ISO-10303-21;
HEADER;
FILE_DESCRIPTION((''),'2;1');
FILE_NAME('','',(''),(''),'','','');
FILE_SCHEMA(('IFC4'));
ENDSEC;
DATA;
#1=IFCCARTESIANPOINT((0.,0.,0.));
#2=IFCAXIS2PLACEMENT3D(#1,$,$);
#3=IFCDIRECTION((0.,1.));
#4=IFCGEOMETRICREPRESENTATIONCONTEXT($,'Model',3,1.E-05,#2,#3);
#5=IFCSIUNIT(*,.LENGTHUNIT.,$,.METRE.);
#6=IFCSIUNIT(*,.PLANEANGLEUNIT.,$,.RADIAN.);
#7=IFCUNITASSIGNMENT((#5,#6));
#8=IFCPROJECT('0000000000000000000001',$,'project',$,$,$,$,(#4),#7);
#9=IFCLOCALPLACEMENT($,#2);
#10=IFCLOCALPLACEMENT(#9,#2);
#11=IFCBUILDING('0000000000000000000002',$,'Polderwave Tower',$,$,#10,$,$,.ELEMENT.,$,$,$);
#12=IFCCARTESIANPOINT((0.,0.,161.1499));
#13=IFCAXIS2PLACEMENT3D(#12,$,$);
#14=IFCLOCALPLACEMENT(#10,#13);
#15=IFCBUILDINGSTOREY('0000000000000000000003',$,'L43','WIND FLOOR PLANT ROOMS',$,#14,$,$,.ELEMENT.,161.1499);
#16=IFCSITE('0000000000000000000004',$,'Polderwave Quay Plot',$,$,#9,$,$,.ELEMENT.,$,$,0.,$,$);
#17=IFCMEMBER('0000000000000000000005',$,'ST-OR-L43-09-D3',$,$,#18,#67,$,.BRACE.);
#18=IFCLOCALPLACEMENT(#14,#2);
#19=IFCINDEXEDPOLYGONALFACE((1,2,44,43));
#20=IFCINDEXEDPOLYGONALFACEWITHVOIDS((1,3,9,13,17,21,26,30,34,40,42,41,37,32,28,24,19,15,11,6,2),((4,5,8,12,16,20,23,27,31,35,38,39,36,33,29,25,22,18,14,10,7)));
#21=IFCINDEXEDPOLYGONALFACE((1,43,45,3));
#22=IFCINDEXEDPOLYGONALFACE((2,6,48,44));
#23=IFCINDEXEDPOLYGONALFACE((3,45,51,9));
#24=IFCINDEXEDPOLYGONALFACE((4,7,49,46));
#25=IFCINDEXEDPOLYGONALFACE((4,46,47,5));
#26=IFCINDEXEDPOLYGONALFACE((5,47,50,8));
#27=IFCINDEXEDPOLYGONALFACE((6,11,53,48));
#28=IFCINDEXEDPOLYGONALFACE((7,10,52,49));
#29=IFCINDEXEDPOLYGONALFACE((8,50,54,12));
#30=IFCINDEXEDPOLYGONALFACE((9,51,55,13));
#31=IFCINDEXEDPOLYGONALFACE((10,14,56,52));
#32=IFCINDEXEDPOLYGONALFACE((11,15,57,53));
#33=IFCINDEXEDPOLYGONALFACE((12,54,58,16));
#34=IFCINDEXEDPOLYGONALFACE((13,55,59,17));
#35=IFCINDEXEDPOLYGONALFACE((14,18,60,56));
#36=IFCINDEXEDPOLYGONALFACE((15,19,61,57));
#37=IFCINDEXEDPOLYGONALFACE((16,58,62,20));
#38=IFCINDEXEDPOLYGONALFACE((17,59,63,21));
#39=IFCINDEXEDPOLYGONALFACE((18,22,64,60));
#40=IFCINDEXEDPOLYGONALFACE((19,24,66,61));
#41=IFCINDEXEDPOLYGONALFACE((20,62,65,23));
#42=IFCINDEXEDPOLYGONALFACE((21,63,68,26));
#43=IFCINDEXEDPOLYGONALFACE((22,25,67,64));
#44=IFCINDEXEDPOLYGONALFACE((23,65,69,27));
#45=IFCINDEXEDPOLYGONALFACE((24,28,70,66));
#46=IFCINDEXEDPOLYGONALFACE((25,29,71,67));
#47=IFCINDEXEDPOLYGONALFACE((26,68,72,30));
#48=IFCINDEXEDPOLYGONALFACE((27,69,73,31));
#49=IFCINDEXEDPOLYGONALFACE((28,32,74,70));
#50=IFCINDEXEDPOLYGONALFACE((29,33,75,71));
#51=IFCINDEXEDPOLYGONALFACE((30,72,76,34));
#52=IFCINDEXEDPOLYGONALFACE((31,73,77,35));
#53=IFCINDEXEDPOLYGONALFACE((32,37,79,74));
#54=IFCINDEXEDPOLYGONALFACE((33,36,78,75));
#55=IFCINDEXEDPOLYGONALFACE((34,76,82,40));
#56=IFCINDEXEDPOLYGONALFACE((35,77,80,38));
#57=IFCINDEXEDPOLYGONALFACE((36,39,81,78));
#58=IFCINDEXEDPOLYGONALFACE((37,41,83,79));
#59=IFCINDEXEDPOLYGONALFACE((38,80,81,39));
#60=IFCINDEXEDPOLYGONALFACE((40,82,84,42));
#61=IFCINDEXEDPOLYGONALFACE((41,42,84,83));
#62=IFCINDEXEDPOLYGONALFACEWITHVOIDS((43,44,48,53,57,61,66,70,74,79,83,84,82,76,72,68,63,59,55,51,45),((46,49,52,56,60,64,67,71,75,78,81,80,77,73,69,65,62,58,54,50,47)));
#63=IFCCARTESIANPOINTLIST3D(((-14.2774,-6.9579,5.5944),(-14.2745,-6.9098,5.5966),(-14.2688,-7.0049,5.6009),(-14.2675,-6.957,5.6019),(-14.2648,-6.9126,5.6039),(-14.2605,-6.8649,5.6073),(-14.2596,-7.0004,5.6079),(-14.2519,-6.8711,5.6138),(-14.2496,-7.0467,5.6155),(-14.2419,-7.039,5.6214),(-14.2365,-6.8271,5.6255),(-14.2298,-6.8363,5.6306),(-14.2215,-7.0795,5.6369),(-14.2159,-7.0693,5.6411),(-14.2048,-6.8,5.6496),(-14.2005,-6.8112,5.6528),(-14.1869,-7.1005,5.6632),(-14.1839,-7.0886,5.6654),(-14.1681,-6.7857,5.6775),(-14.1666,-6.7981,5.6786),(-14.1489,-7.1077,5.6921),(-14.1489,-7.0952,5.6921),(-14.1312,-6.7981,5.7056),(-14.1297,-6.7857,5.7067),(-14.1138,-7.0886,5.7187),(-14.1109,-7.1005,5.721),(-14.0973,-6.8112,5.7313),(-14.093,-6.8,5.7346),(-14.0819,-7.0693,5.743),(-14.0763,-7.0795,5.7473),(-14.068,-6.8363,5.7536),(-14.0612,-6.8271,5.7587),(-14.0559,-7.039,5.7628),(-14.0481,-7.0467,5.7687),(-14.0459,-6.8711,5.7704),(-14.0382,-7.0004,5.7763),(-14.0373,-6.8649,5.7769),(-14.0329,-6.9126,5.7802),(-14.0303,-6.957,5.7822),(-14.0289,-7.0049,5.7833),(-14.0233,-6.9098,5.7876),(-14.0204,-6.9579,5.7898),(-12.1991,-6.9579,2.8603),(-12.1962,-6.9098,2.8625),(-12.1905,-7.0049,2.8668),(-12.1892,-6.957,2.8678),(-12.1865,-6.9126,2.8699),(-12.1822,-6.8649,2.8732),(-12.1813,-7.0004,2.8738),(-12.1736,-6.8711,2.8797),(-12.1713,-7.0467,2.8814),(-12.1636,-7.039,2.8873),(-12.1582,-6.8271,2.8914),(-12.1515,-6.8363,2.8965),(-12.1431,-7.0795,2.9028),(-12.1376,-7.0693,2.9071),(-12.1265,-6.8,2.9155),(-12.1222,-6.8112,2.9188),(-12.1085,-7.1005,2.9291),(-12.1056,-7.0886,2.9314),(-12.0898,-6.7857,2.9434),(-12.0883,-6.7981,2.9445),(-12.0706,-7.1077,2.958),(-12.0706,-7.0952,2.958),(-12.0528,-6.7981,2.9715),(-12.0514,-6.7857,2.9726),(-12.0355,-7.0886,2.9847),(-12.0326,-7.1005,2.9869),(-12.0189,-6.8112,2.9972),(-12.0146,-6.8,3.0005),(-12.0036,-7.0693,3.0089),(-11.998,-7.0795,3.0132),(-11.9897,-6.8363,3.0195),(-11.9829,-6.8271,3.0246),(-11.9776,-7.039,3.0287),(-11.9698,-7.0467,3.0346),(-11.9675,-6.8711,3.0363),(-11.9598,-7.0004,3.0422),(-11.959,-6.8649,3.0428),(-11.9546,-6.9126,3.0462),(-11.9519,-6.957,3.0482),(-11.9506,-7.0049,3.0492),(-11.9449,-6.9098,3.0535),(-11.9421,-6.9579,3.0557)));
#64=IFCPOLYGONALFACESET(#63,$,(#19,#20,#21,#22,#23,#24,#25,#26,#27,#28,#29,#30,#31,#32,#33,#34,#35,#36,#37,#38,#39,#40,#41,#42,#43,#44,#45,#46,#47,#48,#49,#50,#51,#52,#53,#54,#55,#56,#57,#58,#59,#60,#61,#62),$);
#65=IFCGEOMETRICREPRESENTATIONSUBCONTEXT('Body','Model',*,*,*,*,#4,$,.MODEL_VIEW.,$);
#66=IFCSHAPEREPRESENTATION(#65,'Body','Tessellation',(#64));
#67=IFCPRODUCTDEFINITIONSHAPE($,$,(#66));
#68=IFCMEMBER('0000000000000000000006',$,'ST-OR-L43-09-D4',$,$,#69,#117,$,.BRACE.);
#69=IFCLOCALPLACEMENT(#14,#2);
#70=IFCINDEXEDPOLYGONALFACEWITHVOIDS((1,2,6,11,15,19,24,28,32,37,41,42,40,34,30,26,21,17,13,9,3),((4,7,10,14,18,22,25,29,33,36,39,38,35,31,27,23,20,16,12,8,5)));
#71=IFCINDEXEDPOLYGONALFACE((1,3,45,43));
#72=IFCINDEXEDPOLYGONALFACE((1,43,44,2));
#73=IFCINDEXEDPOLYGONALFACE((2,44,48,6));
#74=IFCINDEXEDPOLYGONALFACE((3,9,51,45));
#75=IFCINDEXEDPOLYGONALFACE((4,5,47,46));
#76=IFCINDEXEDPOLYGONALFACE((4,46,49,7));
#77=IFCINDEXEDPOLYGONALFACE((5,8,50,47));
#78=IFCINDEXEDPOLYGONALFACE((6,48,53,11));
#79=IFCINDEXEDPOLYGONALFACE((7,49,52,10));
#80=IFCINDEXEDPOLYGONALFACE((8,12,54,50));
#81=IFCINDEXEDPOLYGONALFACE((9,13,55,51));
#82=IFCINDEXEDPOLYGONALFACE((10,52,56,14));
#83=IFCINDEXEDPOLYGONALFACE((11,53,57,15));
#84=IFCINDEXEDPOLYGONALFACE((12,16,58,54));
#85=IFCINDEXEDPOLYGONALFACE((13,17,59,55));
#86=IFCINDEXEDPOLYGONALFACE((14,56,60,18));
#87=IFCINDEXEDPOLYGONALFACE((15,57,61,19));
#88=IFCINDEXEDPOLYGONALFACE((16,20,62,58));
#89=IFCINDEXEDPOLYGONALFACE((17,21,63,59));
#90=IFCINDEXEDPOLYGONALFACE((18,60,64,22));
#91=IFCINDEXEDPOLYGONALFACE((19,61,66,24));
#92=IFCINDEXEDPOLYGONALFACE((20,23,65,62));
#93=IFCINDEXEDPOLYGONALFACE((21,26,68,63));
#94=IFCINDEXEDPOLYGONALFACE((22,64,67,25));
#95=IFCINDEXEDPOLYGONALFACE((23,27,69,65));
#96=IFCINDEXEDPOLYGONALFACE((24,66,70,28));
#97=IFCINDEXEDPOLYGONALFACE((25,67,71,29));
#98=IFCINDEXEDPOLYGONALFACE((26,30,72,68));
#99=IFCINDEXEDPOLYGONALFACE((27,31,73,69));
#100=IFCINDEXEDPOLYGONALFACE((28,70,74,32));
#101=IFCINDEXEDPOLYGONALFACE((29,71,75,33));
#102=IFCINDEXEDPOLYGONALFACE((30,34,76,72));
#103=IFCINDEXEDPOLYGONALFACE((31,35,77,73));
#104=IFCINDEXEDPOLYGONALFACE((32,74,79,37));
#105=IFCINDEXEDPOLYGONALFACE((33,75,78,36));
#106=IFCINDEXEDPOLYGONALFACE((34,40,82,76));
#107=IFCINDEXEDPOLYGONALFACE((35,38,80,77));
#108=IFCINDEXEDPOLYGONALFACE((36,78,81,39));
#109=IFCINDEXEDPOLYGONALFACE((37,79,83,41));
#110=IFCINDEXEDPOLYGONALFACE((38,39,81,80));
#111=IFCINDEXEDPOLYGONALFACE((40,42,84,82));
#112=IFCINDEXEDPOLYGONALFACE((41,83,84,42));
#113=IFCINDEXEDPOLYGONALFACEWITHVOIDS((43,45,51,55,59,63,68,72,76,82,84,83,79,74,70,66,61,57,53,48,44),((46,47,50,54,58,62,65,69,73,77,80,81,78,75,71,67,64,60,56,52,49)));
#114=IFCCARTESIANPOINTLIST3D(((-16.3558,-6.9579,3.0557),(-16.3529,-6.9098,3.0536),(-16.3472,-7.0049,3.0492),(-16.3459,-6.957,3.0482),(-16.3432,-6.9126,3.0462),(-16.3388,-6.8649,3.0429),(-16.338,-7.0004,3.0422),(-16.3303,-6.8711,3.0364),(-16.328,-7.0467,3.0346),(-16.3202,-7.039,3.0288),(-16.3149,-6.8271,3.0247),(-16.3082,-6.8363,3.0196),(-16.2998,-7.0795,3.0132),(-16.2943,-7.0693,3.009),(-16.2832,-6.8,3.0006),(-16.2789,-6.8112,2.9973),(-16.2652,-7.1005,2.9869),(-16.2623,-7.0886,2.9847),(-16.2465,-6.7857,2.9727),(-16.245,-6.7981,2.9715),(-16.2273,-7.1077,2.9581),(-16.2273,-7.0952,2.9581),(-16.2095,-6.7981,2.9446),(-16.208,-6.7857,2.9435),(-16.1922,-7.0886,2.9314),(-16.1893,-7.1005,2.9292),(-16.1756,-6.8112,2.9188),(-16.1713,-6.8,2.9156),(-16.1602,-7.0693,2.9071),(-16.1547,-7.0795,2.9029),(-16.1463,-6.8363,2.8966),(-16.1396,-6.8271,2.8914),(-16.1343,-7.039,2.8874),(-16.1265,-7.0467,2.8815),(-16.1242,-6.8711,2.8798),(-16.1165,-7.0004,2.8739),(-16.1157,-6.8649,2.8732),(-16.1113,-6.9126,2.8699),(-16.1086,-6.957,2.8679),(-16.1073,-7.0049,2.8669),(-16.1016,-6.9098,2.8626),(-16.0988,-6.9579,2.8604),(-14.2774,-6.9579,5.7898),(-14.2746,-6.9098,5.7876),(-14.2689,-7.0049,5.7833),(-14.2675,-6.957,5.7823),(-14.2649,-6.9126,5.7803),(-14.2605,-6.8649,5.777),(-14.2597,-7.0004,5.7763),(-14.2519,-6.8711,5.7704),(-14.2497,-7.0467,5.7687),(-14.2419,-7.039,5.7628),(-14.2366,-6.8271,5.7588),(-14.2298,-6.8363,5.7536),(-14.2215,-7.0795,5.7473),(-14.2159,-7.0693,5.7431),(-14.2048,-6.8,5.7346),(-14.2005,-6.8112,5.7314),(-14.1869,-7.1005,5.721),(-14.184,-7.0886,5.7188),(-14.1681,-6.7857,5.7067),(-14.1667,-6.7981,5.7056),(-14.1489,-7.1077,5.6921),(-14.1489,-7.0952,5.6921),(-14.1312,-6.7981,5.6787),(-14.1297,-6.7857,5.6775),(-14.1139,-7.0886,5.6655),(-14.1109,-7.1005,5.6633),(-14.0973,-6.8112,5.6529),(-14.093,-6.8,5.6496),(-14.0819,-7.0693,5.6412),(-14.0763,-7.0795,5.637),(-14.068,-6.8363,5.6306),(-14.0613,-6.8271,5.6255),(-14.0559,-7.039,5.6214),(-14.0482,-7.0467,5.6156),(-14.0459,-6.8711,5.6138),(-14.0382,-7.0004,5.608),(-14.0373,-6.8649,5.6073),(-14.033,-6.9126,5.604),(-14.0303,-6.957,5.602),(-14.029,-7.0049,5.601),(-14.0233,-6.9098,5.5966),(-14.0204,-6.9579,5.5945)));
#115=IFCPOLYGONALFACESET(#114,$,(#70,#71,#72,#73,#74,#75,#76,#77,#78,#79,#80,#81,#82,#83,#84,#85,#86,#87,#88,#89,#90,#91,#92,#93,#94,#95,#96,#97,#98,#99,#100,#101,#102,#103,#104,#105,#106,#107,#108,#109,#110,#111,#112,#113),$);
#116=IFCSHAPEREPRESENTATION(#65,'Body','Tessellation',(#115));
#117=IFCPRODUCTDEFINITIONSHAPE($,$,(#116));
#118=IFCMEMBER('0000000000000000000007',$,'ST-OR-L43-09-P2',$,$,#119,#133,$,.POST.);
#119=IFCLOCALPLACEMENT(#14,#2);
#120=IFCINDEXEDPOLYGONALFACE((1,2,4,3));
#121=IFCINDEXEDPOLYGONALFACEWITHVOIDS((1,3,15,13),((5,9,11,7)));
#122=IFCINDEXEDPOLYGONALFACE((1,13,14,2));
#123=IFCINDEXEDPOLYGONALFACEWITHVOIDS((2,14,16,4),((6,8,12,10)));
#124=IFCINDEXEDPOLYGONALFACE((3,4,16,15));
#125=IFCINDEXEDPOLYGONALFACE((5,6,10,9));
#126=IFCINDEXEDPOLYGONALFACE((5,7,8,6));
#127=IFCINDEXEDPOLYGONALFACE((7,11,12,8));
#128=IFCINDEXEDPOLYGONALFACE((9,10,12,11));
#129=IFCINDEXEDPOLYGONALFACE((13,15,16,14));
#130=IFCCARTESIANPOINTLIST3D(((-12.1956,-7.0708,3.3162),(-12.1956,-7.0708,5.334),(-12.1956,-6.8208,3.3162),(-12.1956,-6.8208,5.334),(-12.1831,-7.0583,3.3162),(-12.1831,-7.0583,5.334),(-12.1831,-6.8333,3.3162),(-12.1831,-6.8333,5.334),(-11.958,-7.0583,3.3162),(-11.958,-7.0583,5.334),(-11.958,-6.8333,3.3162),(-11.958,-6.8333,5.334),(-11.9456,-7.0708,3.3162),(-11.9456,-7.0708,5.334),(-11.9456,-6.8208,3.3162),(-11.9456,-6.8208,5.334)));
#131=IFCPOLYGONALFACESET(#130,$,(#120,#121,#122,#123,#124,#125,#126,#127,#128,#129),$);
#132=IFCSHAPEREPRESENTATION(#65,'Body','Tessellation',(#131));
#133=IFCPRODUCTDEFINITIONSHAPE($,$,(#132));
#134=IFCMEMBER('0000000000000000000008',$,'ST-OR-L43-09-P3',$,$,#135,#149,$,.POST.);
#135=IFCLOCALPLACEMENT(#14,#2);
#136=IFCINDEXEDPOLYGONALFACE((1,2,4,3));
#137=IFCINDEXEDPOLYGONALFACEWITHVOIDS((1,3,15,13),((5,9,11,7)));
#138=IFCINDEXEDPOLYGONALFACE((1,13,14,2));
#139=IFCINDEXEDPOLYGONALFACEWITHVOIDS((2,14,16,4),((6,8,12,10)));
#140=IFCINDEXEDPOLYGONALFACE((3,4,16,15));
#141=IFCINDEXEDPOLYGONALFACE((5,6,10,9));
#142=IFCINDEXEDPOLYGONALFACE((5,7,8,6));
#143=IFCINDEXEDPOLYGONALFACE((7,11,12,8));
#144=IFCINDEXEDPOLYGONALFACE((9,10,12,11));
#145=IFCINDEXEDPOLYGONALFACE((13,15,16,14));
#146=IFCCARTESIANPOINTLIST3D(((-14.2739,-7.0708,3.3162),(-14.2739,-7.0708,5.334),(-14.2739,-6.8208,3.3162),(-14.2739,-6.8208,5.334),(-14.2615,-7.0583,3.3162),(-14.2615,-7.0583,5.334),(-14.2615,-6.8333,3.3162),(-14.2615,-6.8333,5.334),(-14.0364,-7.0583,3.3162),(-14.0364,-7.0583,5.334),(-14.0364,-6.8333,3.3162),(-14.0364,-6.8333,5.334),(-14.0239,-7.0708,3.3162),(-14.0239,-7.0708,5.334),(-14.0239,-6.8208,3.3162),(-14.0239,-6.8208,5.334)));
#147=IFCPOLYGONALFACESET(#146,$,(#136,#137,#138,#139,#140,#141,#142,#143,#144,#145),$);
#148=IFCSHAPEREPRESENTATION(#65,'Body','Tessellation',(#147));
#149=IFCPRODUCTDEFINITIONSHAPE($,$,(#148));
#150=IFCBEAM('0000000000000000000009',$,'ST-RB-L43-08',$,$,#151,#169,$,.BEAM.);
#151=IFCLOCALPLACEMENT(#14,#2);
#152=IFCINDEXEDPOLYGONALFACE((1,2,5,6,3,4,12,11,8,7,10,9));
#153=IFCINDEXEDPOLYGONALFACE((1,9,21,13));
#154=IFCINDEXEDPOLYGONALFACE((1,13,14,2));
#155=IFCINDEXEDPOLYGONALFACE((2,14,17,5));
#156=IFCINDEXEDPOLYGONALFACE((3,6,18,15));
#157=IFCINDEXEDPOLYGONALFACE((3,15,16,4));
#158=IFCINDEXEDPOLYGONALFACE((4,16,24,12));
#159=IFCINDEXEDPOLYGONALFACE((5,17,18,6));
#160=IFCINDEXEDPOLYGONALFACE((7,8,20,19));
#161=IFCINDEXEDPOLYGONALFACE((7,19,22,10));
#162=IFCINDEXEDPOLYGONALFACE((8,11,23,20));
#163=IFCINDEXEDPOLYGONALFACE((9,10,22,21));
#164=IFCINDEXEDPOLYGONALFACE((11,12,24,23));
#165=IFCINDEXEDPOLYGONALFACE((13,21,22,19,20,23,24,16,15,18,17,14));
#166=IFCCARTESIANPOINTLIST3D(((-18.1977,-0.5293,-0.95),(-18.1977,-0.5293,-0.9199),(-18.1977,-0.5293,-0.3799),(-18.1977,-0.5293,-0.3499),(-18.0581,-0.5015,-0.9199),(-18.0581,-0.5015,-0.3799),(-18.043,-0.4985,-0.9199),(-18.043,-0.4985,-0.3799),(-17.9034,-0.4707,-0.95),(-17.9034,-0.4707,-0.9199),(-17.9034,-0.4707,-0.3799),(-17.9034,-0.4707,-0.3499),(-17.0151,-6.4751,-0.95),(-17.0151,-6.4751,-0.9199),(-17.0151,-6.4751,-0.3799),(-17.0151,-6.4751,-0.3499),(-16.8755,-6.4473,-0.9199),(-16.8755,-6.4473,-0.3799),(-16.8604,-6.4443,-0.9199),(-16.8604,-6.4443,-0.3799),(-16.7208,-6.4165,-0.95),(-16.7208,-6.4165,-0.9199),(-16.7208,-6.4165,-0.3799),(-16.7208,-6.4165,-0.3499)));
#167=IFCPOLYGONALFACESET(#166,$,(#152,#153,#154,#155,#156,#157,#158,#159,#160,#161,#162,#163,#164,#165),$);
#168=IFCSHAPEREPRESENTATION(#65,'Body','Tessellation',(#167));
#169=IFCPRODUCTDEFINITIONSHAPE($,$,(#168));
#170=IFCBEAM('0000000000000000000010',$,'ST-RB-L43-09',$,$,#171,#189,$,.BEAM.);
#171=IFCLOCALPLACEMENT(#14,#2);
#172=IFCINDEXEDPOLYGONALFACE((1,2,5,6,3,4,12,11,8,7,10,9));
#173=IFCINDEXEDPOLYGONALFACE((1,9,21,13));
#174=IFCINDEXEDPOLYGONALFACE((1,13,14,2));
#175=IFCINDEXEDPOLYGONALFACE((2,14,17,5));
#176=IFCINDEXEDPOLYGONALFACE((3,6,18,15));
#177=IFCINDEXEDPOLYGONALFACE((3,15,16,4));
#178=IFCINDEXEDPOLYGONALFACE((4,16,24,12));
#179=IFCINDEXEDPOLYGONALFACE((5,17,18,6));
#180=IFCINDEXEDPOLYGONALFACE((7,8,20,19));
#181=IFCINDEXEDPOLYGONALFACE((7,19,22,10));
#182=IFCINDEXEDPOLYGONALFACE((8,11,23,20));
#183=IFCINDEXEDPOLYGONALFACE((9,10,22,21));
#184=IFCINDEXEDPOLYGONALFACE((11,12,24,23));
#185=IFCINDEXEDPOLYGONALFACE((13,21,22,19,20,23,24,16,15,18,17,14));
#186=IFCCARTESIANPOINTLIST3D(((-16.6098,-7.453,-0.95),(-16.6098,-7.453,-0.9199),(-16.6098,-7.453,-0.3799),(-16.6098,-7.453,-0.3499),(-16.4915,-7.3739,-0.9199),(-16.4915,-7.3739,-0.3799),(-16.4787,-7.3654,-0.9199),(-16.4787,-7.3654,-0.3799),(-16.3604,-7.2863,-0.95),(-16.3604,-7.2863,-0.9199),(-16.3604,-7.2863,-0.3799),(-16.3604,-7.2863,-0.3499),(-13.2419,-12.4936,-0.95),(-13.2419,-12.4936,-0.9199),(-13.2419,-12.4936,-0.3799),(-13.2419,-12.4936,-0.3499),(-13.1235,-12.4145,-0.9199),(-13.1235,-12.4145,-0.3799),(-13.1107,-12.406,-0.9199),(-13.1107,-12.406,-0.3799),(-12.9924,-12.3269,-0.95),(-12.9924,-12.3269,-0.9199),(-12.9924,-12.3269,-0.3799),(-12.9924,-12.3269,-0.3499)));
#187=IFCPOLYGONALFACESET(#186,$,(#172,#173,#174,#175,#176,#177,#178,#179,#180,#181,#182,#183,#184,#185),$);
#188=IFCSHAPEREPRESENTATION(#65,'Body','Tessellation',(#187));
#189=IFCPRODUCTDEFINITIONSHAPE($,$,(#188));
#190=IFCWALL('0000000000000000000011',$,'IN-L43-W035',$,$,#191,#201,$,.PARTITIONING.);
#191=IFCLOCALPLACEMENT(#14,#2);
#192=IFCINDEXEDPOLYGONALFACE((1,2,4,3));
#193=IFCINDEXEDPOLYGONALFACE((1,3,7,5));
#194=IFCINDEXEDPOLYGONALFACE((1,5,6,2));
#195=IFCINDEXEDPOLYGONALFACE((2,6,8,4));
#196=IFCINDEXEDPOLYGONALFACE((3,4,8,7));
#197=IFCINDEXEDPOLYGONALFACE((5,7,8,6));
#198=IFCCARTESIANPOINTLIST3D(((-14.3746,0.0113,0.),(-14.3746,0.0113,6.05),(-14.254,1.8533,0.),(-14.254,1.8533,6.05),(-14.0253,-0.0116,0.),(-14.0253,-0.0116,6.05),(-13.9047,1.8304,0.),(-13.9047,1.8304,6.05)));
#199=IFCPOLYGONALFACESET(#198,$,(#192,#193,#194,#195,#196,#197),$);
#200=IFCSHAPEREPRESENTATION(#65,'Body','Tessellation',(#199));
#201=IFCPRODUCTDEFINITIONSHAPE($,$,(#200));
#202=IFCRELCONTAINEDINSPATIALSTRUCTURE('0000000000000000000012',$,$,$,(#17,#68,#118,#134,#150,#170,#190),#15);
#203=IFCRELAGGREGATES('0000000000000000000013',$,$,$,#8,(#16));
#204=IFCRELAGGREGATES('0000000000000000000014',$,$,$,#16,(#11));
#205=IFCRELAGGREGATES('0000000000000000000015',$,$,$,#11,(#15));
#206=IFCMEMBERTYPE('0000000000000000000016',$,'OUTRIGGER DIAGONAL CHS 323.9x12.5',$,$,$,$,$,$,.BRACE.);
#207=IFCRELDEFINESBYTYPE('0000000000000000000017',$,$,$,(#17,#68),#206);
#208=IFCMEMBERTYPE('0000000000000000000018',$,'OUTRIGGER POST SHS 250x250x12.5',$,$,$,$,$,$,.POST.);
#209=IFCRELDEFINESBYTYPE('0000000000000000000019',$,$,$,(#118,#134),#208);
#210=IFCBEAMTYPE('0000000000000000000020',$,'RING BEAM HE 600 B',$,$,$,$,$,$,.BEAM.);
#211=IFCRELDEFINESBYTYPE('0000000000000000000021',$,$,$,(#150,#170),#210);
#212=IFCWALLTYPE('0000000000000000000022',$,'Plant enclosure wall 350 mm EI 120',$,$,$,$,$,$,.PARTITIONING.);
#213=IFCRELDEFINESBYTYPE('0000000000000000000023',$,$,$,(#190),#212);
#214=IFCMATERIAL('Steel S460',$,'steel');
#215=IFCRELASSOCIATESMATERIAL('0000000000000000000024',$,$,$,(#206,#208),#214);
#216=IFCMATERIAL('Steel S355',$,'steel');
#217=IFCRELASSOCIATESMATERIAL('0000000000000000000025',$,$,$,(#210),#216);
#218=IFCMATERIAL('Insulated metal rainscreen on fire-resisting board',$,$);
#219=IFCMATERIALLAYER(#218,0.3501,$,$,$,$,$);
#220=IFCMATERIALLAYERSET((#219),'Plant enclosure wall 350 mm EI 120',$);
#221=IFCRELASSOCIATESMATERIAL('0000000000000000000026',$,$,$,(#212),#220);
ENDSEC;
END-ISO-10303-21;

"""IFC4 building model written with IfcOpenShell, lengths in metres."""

from ifc_helpers import new_model, si_unit, direction, frame, frame_2d, origin, origin_2d, place, context, subcontext, project, spatial, rectangle, hollow_rectangle, hollow_circle, i_section, extrude, material, layer, layer_set, material_profile, profile_set, type_object, element, save


model = new_model("IFC4")

# Units and contexts
model_context = context("Model", 3, precision=1e-05, world=origin(), true_north=direction((0.0, 1.0)))
body_context = subcontext(model_context, "Body", "Model", "MODEL_VIEW")
ifc_project = project(units=[si_unit("LENGTHUNIT", "METRE"), si_unit("PLANEANGLEUNIT", "RADIAN")], contexts=[model_context])

# Site, building, storey
site_placement = place(None, origin())
site = spatial("IfcSite", under=ifc_project, at=site_placement, Name="Polderwave Quay Plot", CompositionType="ELEMENT", RefElevation=0.0)
building_placement = place(site_placement, origin())
building = spatial("IfcBuilding", under=site, at=building_placement, Name="Polderwave Tower", CompositionType="ELEMENT")
storey_placement = place(building_placement, frame((0.0, 0.0, 161.1499)))
storey = spatial("IfcBuildingStorey", under=building, at=storey_placement, Name="L43", Description="WIND FLOOR PLANT ROOMS", CompositionType="ELEMENT", Elevation=161.1499)

# Members
ifc_material_1 = material(Name="Steel S460", Category="steel")
ifc_material_profile_1 = material_profile(ifc_material_1, hollow_circle(Radius=0.1619, WallThickness=0.0125, at=origin_2d()), Name="CHS 323.9x12.5")
ifc_profile_set_1 = profile_set([ifc_material_profile_1], Name="Steel S460")
member_type_1 = type_object("IfcMemberType", Name="OUTRIGGER DIAGONAL CHS 323.9x12.5", PredefinedType="BRACE", material=ifc_profile_set_1)
for number, where, z_axis, x_axis, name in (
    (1, (-12.0706, -6.9458, 2.958), (-0.605163, 0.0, 0.796102), (0.0, -1.0, 0.0), "ST-OR-L43-09-D3"),
    (2, (-14.1489, -6.9458, 5.6921), (-0.605163, 0.0, -0.796102), (0.0, -1.0, 0.0), "ST-OR-L43-09-D4"),
):
    element("IfcMember", number, at=place(storey_placement, frame(where, z_axis=z_axis, x_axis=x_axis)), inside=storey, type_object=member_type_1, Name=name, PredefinedType="BRACE", context=body_context, shape_type="SweptSolid", body=[
        extrude(hollow_circle(Radius=0.1619, WallThickness=0.0125, at=origin_2d()), origin(), (0.0, 0.0, 1.0), 3.4343),
    ])
ifc_material_profile_2 = material_profile(ifc_material_1, hollow_rectangle(XDim=0.25, YDim=0.25, WallThickness=0.0125, at=origin_2d()), Name="SHS 250x250x12.5")
ifc_profile_set_2 = profile_set([ifc_material_profile_2], Name="Steel S460")
member_type_2 = type_object("IfcMemberType", Name="OUTRIGGER POST SHS 250x250x12.5", PredefinedType="POST", material=ifc_profile_set_2)
for number, where, z_axis, x_axis, name in (
    (3, (-12.0706, -6.9458, 3.3162), (0.0, 0.0, 1.0), (1.0, 0.0, 0.0), "ST-OR-L43-09-P2"),
    (4, (-14.1489, -6.9458, 3.3162), (0.0, 0.0, 1.0), (1.0, 0.0, 0.0), "ST-OR-L43-09-P3"),
):
    element("IfcMember", number, at=place(storey_placement, frame(where, z_axis=z_axis, x_axis=x_axis)), inside=storey, type_object=member_type_2, Name=name, PredefinedType="POST", context=body_context, shape_type="SweptSolid", body=[
        extrude(hollow_rectangle(XDim=0.25, YDim=0.25, WallThickness=0.0125, at=origin_2d()), origin(), (0.0, 0.0, 1.0), 2.0178),
    ])

# Beams
ifc_material_2 = material(Name="Steel S355", Category="steel")
ifc_material_profile_3 = material_profile(ifc_material_2, i_section(OverallWidth=0.3, OverallDepth=0.6001, WebThickness=0.0154, FlangeThickness=0.03, at=origin_2d()), Name="HE 600 B")
ifc_profile_set_3 = profile_set([ifc_material_profile_3], Name="Steel S355")
beam_type = type_object("IfcBeamType", Name="RING BEAM HE 600 B", PredefinedType="BEAM", material=ifc_profile_set_3)
for number, where, z_axis, x_axis, name in (
    (5, (-18.0505, -0.5, -0.6499), (0.195078, -0.980788, 0.0), (0.980788, 0.195078, 0.0), "ST-RB-L43-08"),
    (6, (-16.4851, -7.3696, -0.6499), (0.555564, -0.831474, 0.0), (0.831474, 0.555564, 0.0), "ST-RB-L43-09"),
):
    element("IfcBeam", number, at=place(storey_placement, frame(where, z_axis=z_axis, x_axis=x_axis)), inside=storey, type_object=beam_type, Name=name, PredefinedType="BEAM", context=body_context, shape_type="SweptSolid", body=[
        extrude(i_section(OverallWidth=0.3, OverallDepth=0.6001, WebThickness=0.0154, FlangeThickness=0.03, at=origin_2d()), origin(), (0.0, 0.0, 1.0), 6.0623),
    ])

# Wall
ifc_material_3 = material(Name="Insulated metal rainscreen on fire-resisting board")
ifc_layer = layer(ifc_material_3, 0.3501)
ifc_layer_set = layer_set([ifc_layer], Name="Plant enclosure wall 350 mm EI 120")
wall_type = type_object("IfcWallType", Name="Plant enclosure wall 350 mm EI 120", PredefinedType="PARTITIONING", material=ifc_layer_set)
for number, where, z_axis, x_axis, name in (
    (7, (-14.2, 0.0, 0.0), (0.0, 0.0, 1.0), (0.065334, 0.997863, 0.0), "IN-L43-W035"),
):
    element("IfcWall", number, at=place(storey_placement, frame(where, z_axis=z_axis, x_axis=x_axis)), inside=storey, type_object=wall_type, Name=name, PredefinedType="PARTITIONING", context=body_context, shape_type="SweptSolid", body=[
        extrude(rectangle(XDim=1.8459, YDim=0.3501, at=frame_2d((0.9229, 0.0))), origin(), (0.0, 0.0, 1.0), 6.05),
    ])

save(model, "model.ifc")
